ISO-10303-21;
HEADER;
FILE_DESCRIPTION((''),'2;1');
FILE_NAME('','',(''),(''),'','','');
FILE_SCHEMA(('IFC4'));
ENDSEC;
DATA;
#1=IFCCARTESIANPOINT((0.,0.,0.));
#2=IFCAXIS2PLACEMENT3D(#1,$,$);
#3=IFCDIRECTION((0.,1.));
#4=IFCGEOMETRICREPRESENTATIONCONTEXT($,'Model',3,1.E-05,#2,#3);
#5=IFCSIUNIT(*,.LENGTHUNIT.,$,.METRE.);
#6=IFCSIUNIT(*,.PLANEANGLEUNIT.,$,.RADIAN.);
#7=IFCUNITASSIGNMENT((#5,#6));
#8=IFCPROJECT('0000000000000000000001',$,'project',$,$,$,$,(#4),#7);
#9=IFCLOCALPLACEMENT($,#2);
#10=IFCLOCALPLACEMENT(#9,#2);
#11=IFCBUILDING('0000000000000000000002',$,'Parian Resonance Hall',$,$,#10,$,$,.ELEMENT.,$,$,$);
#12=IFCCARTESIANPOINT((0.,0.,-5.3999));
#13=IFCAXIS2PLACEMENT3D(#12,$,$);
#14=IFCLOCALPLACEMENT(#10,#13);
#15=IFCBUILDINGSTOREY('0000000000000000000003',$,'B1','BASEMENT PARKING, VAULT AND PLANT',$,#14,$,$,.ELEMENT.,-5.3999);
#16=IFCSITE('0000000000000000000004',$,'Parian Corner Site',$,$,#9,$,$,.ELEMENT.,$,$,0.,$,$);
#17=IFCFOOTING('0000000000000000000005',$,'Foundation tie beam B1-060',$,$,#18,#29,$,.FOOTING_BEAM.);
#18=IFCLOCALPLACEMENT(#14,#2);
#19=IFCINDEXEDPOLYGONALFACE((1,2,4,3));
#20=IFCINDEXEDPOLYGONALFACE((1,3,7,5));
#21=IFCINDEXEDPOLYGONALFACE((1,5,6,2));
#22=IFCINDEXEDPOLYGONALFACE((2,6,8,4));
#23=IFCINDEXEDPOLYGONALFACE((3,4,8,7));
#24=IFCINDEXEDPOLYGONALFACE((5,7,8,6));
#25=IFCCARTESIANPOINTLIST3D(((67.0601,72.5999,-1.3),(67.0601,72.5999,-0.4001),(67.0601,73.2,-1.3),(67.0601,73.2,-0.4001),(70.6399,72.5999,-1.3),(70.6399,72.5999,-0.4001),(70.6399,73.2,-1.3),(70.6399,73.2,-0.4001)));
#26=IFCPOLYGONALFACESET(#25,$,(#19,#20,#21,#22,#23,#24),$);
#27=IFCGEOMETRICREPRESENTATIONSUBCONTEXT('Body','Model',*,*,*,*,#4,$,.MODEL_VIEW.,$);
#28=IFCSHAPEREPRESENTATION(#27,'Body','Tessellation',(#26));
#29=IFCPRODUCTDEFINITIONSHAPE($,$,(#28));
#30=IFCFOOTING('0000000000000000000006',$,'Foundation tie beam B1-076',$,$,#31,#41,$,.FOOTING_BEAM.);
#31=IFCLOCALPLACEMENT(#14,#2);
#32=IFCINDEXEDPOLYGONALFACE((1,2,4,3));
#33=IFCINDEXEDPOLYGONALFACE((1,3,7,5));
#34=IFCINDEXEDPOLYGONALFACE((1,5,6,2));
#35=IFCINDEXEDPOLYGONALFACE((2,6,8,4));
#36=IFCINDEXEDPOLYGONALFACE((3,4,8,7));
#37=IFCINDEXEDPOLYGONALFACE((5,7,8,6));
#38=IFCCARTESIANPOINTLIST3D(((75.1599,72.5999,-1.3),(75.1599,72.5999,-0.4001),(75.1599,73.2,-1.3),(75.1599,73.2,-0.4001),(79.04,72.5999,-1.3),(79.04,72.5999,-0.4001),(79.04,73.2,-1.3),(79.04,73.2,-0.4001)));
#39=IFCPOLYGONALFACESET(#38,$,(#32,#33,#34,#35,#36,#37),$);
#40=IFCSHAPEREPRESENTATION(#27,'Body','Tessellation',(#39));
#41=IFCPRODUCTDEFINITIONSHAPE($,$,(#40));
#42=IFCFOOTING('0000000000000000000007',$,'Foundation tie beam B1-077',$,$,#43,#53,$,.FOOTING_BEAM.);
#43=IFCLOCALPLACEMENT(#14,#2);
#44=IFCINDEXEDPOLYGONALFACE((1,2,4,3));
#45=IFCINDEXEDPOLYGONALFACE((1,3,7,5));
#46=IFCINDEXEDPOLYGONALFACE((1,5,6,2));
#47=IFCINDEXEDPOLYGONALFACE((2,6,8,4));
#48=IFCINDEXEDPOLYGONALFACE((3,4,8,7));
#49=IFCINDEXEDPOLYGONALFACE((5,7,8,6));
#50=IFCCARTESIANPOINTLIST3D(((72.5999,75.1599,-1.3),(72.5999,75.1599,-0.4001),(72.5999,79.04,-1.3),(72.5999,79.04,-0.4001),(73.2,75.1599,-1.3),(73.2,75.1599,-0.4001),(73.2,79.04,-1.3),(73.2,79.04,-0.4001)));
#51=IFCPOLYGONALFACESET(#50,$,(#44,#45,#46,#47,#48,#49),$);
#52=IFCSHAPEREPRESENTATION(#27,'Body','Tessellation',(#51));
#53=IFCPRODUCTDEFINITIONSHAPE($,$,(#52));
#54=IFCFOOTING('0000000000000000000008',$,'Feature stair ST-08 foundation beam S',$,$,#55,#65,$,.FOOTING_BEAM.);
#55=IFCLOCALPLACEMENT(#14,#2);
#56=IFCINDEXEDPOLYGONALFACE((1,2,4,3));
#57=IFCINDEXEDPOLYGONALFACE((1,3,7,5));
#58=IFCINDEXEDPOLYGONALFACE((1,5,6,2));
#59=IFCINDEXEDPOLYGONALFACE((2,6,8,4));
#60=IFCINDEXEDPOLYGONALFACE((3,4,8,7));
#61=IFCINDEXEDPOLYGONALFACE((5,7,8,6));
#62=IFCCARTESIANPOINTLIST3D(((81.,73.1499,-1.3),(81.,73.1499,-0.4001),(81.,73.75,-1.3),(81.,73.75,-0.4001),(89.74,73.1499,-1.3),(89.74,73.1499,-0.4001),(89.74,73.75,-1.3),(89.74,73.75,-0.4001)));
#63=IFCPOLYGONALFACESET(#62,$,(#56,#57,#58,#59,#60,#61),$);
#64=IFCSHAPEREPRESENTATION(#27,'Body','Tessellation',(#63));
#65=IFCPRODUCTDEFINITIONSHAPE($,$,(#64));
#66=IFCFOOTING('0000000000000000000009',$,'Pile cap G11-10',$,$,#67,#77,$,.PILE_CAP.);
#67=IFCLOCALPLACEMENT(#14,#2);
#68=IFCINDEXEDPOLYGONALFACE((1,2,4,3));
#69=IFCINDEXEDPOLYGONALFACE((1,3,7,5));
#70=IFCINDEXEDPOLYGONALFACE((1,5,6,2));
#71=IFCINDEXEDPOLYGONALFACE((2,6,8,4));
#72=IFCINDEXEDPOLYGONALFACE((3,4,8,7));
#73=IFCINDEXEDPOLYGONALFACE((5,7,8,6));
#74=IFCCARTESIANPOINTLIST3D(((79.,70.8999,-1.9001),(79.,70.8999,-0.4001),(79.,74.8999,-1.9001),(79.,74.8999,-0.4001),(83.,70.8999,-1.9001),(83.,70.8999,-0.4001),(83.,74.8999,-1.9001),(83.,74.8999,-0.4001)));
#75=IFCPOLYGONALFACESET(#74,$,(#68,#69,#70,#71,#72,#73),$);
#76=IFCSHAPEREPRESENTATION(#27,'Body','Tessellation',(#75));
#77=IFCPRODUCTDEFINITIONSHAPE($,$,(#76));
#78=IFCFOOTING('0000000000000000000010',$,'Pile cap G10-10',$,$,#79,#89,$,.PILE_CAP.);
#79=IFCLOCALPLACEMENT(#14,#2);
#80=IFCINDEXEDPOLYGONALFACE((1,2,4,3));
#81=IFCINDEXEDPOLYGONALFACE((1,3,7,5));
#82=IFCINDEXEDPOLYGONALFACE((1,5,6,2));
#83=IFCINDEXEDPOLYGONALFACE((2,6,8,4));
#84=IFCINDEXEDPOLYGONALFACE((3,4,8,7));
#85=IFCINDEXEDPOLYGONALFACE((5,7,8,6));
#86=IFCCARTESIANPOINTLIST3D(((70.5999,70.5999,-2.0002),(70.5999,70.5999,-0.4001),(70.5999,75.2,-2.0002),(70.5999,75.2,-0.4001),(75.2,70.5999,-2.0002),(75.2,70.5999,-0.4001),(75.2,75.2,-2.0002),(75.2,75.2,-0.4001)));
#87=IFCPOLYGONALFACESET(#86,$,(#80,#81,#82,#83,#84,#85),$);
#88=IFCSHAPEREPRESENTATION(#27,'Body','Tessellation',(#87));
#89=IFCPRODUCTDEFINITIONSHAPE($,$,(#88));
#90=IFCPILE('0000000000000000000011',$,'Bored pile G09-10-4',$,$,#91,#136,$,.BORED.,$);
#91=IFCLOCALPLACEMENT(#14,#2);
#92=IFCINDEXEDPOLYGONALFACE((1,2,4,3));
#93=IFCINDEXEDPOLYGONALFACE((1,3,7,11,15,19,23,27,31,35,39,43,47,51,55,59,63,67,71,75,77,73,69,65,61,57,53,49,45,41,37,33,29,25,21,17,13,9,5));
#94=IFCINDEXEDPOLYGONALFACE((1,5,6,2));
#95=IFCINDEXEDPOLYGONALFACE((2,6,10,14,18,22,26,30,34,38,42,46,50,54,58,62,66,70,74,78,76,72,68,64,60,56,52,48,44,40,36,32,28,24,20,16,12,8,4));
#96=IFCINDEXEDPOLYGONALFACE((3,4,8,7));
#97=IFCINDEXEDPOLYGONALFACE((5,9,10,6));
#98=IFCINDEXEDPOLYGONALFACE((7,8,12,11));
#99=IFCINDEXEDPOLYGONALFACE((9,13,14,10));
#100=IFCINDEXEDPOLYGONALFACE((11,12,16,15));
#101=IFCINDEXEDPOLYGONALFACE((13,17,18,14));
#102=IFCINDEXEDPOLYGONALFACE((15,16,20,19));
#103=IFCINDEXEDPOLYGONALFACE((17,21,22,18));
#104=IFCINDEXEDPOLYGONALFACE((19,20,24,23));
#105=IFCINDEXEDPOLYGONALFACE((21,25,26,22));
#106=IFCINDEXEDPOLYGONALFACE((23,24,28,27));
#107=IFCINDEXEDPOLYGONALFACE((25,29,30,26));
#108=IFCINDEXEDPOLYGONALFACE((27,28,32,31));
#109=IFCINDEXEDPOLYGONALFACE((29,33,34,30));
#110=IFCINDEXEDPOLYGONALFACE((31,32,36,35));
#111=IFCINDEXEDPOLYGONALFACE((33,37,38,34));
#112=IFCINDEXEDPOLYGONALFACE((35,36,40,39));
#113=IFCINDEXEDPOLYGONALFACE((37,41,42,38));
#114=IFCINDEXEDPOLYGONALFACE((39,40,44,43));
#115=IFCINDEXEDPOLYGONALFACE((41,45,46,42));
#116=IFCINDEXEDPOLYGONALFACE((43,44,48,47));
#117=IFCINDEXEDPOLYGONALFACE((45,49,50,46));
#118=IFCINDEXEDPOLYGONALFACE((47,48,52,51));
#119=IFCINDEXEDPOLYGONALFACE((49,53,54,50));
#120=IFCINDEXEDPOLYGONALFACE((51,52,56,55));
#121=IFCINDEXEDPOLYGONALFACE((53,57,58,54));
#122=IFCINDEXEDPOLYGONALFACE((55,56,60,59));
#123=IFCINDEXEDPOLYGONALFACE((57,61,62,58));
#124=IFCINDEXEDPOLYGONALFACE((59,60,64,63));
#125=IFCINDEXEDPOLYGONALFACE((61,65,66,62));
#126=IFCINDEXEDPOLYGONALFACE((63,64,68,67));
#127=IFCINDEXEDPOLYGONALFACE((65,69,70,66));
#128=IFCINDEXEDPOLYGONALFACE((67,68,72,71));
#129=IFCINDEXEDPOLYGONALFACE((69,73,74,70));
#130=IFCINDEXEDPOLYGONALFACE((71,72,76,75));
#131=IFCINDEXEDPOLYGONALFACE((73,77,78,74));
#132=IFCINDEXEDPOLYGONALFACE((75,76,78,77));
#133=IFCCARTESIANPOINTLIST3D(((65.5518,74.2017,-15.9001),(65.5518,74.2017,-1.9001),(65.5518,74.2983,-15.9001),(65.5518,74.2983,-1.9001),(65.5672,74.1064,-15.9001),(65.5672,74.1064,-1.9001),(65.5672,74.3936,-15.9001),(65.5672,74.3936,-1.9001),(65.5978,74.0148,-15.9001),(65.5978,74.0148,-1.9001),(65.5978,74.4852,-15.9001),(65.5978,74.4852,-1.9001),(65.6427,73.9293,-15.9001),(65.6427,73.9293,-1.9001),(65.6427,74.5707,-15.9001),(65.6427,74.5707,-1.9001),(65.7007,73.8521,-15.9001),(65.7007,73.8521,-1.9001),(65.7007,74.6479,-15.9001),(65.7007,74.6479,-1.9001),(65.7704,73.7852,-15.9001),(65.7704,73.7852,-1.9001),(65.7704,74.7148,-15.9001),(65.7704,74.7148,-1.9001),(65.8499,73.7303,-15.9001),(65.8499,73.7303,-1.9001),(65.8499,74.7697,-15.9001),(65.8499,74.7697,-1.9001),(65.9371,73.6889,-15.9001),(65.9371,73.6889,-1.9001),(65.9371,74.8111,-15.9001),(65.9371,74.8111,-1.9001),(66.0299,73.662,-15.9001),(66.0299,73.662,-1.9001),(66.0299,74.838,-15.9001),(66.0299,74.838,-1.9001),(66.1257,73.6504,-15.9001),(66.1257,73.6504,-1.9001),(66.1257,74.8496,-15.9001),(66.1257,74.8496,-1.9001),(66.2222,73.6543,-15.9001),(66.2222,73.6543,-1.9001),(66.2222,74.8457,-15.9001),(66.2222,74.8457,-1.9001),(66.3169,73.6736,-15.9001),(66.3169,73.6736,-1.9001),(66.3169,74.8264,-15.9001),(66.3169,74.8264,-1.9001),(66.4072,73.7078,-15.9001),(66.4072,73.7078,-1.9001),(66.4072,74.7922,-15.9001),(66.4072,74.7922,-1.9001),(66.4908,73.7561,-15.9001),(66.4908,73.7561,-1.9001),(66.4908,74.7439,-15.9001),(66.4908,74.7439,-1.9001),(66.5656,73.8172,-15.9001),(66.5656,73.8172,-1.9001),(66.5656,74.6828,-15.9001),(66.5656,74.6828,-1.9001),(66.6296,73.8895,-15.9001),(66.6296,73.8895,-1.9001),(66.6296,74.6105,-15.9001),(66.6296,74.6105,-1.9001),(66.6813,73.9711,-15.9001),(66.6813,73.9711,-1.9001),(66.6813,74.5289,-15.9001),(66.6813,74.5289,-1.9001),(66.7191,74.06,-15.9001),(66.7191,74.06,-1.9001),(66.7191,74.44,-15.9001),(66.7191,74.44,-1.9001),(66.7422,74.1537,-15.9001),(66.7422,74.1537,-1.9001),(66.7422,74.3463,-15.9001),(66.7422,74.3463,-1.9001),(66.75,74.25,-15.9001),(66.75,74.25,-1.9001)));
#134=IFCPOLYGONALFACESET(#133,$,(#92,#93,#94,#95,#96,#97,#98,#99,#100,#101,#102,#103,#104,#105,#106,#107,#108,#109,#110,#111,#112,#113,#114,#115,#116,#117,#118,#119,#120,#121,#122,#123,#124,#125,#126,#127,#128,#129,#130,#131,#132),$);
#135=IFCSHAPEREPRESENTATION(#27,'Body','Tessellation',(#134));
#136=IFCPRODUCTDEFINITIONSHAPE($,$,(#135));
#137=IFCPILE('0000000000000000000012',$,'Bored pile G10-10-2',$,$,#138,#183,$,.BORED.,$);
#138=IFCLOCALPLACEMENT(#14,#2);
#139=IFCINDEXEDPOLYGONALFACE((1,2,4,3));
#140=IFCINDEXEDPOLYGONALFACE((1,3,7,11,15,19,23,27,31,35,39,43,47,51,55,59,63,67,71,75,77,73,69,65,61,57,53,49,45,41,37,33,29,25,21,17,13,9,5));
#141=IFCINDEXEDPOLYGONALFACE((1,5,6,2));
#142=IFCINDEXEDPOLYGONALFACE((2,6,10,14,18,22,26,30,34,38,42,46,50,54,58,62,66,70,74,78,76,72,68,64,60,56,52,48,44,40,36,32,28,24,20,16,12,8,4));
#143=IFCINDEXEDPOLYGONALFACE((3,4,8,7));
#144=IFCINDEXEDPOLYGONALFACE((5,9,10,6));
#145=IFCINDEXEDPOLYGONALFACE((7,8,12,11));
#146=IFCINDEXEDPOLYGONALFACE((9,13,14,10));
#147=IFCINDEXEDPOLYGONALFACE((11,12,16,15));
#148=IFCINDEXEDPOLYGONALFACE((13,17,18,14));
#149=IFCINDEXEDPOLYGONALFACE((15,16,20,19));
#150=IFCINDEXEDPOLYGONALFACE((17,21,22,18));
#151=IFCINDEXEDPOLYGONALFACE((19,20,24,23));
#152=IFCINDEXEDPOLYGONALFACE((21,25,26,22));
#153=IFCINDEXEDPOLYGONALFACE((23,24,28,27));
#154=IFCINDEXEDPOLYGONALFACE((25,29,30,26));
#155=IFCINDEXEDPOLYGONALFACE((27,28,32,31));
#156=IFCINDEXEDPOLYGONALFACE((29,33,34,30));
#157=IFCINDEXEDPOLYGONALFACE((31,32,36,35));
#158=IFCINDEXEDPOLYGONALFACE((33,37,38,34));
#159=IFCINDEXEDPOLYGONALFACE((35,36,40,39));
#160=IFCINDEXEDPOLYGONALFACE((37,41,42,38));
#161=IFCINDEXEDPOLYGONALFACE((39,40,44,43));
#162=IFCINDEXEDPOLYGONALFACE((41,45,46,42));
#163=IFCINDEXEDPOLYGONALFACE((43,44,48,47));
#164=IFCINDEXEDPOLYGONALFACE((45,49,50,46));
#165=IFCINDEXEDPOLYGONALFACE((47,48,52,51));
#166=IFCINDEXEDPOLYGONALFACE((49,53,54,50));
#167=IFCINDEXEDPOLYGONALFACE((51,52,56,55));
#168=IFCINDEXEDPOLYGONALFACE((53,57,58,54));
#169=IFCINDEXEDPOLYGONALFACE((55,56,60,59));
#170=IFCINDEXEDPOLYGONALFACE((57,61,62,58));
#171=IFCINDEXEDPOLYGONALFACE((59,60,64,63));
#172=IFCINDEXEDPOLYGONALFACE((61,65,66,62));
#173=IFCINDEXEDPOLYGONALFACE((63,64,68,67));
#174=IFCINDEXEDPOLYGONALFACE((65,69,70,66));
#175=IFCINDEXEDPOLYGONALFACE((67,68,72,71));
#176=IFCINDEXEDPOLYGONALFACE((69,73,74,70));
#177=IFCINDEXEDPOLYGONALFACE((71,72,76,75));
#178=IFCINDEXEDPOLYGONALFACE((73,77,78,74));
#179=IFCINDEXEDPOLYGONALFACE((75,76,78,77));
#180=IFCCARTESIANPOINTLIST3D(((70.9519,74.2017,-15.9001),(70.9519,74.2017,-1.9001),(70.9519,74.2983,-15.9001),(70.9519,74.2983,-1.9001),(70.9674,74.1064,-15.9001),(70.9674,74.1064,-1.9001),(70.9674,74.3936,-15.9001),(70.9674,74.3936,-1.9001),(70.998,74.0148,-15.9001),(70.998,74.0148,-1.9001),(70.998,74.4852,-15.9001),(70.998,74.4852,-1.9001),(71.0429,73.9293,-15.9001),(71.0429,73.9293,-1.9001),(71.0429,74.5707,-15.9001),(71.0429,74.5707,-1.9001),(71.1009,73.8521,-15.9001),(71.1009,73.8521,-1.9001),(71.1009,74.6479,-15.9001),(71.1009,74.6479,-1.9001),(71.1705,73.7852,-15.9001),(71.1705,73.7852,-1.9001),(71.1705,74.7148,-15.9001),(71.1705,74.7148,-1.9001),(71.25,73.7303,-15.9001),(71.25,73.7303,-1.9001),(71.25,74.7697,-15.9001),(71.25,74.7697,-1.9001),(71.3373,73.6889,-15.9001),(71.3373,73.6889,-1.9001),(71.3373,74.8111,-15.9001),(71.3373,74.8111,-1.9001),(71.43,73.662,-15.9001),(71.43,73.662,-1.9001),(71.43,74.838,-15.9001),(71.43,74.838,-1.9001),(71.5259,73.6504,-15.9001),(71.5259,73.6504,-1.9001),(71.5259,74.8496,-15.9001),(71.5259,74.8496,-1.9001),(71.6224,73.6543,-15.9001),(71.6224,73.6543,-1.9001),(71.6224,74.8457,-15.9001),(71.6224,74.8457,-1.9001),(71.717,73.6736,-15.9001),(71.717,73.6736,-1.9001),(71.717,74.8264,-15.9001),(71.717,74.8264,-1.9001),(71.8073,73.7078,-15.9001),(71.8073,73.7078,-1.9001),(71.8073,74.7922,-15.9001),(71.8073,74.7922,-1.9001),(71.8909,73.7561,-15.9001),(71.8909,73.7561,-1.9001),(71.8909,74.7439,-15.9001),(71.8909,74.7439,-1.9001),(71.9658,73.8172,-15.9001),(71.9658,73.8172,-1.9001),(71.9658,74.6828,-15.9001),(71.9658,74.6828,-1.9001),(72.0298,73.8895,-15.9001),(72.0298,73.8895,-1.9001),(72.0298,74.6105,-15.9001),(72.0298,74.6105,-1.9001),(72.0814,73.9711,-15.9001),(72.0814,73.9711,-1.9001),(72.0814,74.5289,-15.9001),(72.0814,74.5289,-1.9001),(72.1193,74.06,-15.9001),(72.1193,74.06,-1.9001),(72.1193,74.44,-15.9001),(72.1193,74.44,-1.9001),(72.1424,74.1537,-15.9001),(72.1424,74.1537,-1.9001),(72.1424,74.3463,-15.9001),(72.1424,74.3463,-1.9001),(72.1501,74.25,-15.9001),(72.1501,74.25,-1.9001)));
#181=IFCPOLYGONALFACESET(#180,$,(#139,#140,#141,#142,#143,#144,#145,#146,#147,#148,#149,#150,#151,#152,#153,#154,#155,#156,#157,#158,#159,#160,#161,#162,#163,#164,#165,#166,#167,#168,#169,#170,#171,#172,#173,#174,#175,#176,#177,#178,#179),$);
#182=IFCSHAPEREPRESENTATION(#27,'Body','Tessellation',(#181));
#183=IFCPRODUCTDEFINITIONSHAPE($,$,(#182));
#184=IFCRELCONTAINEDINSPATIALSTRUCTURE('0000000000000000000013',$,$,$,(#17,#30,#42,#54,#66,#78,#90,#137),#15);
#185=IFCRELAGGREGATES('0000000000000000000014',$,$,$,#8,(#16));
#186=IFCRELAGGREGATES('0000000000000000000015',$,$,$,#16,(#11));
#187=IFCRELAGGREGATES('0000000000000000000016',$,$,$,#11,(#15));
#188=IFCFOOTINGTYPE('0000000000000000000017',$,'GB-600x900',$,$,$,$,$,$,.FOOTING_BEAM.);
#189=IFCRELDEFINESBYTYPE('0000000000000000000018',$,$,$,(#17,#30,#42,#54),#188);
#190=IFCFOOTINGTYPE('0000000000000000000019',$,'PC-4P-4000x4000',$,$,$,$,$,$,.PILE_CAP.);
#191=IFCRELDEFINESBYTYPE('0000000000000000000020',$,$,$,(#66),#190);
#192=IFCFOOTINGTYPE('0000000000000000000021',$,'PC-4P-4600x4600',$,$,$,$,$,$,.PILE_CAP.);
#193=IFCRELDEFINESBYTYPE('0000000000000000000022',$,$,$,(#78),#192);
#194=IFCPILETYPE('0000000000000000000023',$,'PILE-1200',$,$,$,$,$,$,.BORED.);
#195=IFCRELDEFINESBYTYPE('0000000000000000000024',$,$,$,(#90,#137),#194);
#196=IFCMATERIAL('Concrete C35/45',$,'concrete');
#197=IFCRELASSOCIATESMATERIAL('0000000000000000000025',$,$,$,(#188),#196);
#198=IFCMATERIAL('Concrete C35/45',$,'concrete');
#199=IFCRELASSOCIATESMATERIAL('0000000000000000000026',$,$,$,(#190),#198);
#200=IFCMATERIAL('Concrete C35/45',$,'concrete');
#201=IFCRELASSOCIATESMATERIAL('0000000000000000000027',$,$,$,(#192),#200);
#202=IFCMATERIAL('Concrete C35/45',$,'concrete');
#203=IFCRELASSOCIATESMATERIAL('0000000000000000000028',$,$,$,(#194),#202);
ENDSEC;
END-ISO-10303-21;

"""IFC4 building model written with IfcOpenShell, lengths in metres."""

from ifc_helpers import new_model, si_unit, direction, frame, origin, origin_2d, place, context, subcontext, project, spatial, rectangle, circle, extrude, material, material_profile, profile_set, type_object, element, save


model = new_model("IFC4")

# Units and contexts
model_context = context("Model", 3, precision=1e-05, world=origin(), true_north=direction((0.0, 1.0)))
body_context = subcontext(model_context, "Body", "Model", "MODEL_VIEW")
ifc_project = project(units=[si_unit("LENGTHUNIT", "METRE"), si_unit("PLANEANGLEUNIT", "RADIAN")], contexts=[model_context])

# Site, building, storey
site_placement = place(None, origin())
site = spatial("IfcSite", under=ifc_project, at=site_placement, Name="Parian Corner Site", CompositionType="ELEMENT", RefElevation=0.0)
building_placement = place(site_placement, origin())
building = spatial("IfcBuilding", under=site, at=building_placement, Name="Parian Resonance Hall", CompositionType="ELEMENT")
storey_placement = place(building_placement, frame((0.0, 0.0, -5.3999)))
storey = spatial("IfcBuildingStorey", under=building, at=storey_placement, Name="B1", Description="BASEMENT PARKING, VAULT AND PLANT", CompositionType="ELEMENT", Elevation=-5.3999)

# Footings
ifc_material_1 = material(Name="Concrete C35/45", Category="concrete")
ifc_material_profile_1 = material_profile(ifc_material_1, rectangle(XDim=0.6001, YDim=0.8999, at=origin_2d()), Name="RC-GB-600x900")
ifc_profile_set_1 = profile_set([ifc_material_profile_1], Name="Concrete C35/45")
footing_type_1 = type_object("IfcFootingType", Name="GB-600x900", PredefinedType="FOOTING_BEAM", material=ifc_profile_set_1)
footing_1_placement = place(storey_placement, frame((67.0601, 72.8999, -0.8501), z_axis=(1.0, 0.0, 0.0), x_axis=(0.0, 1.0, 0.0)))
element("IfcFooting", 1, at=footing_1_placement, inside=storey, type_object=footing_type_1, Name="Foundation tie beam B1-060", PredefinedType="FOOTING_BEAM", context=body_context, shape_type="SweptSolid", body=[
    extrude(rectangle(XDim=0.6001, YDim=0.8999, at=origin_2d()), origin(), (0.0, 0.0, 1.0), 3.5798),
])
for number, where, z_axis, x_axis, name in (
    (2, (75.1599, 72.8999, -0.8501), (1.0, 0.0, 0.0), (0.0, 1.0, 0.0), "Foundation tie beam B1-076"),
    (3, (72.8999, 75.1599, -0.8501), (0.0, 1.0, 0.0), (-1.0, 0.0, 0.0), "Foundation tie beam B1-077"),
):
    element("IfcFooting", number, at=place(storey_placement, frame(where, z_axis=z_axis, x_axis=x_axis)), inside=storey, type_object=footing_type_1, Name=name, PredefinedType="FOOTING_BEAM", context=body_context, shape_type="SweptSolid", body=[
        extrude(rectangle(XDim=0.6001, YDim=0.8999, at=origin_2d()), origin(), (0.0, 0.0, 1.0), 3.8801),
    ])
footing_2_placement = place(storey_placement, frame((81.0, 73.45, -0.8501), z_axis=(1.0, 0.0, 0.0), x_axis=(0.0, 1.0, 0.0)))
element("IfcFooting", 4, at=footing_2_placement, inside=storey, type_object=footing_type_1, Name="Feature stair ST-08 foundation beam S", PredefinedType="FOOTING_BEAM", context=body_context, shape_type="SweptSolid", body=[
    extrude(rectangle(XDim=0.6001, YDim=0.8999, at=origin_2d()), origin(), (0.0, 0.0, 1.0), 8.74),
])
ifc_material_2 = material(Name="Concrete C35/45", Category="concrete")
footing_type_2 = type_object("IfcFootingType", Name="PC-4P-4000x4000", PredefinedType="PILE_CAP", material=ifc_material_2)
footing_3_placement = place(storey_placement, frame((81.0, 72.8999, -1.9001), z_axis=(0.0, 0.0, 1.0), x_axis=(1.0, 0.0, 0.0)))
element("IfcFooting", 5, at=footing_3_placement, inside=storey, type_object=footing_type_2, Name="Pile cap G11-10", PredefinedType="PILE_CAP", context=body_context, shape_type="SweptSolid", body=[
    extrude(rectangle(XDim=4.0, YDim=4.0, at=origin_2d()), origin(), (0.0, 0.0, 1.0), 1.5),
])
ifc_material_3 = material(Name="Concrete C35/45", Category="concrete")
footing_type_3 = type_object("IfcFootingType", Name="PC-4P-4600x4600", PredefinedType="PILE_CAP", material=ifc_material_3)
footing_4_placement = place(storey_placement, frame((72.8999, 72.8999, -2.0002), z_axis=(0.0, 0.0, 1.0), x_axis=(1.0, 0.0, 0.0)))
element("IfcFooting", 6, at=footing_4_placement, inside=storey, type_object=footing_type_3, Name="Pile cap G10-10", PredefinedType="PILE_CAP", context=body_context, shape_type="SweptSolid", body=[
    extrude(rectangle(XDim=4.6001, YDim=4.6001, at=origin_2d()), origin(), (0.0, 0.0, 1.0), 1.6001),
])

# Piles
ifc_material_4 = material(Name="Concrete C35/45", Category="concrete")
ifc_material_profile_2 = material_profile(ifc_material_4, circle(Radius=0.6001, at=origin_2d()), Name="PILE-D1200")
ifc_profile_set_2 = profile_set([ifc_material_profile_2], Name="Concrete C35/45")
pile_type_1 = type_object("IfcPileType", Name="PILE-1200", PredefinedType="BORED", material=ifc_profile_set_2)
for number, where, z_axis, x_axis, name in (
    (7, (66.1499, 74.25, -1.9001), (0.0, 0.0, -1.0), (1.0, 0.0, 0.0), "Bored pile G09-10-4"),
    (8, (71.55, 74.25, -1.9001), (0.0, 0.0, -1.0), (1.0, 0.0, 0.0), "Bored pile G10-10-2"),
):
    element("IfcPile", number, at=place(storey_placement, frame(where, z_axis=z_axis, x_axis=x_axis)), inside=storey, type_object=pile_type_1, Name=name, PredefinedType="BORED", context=body_context, shape_type="SweptSolid", body=[
        extrude(circle(Radius=0.6001, at=origin_2d()), origin(), (0.0, 0.0, 1.0), 14.0),
    ])

save(model, "model.ifc")
